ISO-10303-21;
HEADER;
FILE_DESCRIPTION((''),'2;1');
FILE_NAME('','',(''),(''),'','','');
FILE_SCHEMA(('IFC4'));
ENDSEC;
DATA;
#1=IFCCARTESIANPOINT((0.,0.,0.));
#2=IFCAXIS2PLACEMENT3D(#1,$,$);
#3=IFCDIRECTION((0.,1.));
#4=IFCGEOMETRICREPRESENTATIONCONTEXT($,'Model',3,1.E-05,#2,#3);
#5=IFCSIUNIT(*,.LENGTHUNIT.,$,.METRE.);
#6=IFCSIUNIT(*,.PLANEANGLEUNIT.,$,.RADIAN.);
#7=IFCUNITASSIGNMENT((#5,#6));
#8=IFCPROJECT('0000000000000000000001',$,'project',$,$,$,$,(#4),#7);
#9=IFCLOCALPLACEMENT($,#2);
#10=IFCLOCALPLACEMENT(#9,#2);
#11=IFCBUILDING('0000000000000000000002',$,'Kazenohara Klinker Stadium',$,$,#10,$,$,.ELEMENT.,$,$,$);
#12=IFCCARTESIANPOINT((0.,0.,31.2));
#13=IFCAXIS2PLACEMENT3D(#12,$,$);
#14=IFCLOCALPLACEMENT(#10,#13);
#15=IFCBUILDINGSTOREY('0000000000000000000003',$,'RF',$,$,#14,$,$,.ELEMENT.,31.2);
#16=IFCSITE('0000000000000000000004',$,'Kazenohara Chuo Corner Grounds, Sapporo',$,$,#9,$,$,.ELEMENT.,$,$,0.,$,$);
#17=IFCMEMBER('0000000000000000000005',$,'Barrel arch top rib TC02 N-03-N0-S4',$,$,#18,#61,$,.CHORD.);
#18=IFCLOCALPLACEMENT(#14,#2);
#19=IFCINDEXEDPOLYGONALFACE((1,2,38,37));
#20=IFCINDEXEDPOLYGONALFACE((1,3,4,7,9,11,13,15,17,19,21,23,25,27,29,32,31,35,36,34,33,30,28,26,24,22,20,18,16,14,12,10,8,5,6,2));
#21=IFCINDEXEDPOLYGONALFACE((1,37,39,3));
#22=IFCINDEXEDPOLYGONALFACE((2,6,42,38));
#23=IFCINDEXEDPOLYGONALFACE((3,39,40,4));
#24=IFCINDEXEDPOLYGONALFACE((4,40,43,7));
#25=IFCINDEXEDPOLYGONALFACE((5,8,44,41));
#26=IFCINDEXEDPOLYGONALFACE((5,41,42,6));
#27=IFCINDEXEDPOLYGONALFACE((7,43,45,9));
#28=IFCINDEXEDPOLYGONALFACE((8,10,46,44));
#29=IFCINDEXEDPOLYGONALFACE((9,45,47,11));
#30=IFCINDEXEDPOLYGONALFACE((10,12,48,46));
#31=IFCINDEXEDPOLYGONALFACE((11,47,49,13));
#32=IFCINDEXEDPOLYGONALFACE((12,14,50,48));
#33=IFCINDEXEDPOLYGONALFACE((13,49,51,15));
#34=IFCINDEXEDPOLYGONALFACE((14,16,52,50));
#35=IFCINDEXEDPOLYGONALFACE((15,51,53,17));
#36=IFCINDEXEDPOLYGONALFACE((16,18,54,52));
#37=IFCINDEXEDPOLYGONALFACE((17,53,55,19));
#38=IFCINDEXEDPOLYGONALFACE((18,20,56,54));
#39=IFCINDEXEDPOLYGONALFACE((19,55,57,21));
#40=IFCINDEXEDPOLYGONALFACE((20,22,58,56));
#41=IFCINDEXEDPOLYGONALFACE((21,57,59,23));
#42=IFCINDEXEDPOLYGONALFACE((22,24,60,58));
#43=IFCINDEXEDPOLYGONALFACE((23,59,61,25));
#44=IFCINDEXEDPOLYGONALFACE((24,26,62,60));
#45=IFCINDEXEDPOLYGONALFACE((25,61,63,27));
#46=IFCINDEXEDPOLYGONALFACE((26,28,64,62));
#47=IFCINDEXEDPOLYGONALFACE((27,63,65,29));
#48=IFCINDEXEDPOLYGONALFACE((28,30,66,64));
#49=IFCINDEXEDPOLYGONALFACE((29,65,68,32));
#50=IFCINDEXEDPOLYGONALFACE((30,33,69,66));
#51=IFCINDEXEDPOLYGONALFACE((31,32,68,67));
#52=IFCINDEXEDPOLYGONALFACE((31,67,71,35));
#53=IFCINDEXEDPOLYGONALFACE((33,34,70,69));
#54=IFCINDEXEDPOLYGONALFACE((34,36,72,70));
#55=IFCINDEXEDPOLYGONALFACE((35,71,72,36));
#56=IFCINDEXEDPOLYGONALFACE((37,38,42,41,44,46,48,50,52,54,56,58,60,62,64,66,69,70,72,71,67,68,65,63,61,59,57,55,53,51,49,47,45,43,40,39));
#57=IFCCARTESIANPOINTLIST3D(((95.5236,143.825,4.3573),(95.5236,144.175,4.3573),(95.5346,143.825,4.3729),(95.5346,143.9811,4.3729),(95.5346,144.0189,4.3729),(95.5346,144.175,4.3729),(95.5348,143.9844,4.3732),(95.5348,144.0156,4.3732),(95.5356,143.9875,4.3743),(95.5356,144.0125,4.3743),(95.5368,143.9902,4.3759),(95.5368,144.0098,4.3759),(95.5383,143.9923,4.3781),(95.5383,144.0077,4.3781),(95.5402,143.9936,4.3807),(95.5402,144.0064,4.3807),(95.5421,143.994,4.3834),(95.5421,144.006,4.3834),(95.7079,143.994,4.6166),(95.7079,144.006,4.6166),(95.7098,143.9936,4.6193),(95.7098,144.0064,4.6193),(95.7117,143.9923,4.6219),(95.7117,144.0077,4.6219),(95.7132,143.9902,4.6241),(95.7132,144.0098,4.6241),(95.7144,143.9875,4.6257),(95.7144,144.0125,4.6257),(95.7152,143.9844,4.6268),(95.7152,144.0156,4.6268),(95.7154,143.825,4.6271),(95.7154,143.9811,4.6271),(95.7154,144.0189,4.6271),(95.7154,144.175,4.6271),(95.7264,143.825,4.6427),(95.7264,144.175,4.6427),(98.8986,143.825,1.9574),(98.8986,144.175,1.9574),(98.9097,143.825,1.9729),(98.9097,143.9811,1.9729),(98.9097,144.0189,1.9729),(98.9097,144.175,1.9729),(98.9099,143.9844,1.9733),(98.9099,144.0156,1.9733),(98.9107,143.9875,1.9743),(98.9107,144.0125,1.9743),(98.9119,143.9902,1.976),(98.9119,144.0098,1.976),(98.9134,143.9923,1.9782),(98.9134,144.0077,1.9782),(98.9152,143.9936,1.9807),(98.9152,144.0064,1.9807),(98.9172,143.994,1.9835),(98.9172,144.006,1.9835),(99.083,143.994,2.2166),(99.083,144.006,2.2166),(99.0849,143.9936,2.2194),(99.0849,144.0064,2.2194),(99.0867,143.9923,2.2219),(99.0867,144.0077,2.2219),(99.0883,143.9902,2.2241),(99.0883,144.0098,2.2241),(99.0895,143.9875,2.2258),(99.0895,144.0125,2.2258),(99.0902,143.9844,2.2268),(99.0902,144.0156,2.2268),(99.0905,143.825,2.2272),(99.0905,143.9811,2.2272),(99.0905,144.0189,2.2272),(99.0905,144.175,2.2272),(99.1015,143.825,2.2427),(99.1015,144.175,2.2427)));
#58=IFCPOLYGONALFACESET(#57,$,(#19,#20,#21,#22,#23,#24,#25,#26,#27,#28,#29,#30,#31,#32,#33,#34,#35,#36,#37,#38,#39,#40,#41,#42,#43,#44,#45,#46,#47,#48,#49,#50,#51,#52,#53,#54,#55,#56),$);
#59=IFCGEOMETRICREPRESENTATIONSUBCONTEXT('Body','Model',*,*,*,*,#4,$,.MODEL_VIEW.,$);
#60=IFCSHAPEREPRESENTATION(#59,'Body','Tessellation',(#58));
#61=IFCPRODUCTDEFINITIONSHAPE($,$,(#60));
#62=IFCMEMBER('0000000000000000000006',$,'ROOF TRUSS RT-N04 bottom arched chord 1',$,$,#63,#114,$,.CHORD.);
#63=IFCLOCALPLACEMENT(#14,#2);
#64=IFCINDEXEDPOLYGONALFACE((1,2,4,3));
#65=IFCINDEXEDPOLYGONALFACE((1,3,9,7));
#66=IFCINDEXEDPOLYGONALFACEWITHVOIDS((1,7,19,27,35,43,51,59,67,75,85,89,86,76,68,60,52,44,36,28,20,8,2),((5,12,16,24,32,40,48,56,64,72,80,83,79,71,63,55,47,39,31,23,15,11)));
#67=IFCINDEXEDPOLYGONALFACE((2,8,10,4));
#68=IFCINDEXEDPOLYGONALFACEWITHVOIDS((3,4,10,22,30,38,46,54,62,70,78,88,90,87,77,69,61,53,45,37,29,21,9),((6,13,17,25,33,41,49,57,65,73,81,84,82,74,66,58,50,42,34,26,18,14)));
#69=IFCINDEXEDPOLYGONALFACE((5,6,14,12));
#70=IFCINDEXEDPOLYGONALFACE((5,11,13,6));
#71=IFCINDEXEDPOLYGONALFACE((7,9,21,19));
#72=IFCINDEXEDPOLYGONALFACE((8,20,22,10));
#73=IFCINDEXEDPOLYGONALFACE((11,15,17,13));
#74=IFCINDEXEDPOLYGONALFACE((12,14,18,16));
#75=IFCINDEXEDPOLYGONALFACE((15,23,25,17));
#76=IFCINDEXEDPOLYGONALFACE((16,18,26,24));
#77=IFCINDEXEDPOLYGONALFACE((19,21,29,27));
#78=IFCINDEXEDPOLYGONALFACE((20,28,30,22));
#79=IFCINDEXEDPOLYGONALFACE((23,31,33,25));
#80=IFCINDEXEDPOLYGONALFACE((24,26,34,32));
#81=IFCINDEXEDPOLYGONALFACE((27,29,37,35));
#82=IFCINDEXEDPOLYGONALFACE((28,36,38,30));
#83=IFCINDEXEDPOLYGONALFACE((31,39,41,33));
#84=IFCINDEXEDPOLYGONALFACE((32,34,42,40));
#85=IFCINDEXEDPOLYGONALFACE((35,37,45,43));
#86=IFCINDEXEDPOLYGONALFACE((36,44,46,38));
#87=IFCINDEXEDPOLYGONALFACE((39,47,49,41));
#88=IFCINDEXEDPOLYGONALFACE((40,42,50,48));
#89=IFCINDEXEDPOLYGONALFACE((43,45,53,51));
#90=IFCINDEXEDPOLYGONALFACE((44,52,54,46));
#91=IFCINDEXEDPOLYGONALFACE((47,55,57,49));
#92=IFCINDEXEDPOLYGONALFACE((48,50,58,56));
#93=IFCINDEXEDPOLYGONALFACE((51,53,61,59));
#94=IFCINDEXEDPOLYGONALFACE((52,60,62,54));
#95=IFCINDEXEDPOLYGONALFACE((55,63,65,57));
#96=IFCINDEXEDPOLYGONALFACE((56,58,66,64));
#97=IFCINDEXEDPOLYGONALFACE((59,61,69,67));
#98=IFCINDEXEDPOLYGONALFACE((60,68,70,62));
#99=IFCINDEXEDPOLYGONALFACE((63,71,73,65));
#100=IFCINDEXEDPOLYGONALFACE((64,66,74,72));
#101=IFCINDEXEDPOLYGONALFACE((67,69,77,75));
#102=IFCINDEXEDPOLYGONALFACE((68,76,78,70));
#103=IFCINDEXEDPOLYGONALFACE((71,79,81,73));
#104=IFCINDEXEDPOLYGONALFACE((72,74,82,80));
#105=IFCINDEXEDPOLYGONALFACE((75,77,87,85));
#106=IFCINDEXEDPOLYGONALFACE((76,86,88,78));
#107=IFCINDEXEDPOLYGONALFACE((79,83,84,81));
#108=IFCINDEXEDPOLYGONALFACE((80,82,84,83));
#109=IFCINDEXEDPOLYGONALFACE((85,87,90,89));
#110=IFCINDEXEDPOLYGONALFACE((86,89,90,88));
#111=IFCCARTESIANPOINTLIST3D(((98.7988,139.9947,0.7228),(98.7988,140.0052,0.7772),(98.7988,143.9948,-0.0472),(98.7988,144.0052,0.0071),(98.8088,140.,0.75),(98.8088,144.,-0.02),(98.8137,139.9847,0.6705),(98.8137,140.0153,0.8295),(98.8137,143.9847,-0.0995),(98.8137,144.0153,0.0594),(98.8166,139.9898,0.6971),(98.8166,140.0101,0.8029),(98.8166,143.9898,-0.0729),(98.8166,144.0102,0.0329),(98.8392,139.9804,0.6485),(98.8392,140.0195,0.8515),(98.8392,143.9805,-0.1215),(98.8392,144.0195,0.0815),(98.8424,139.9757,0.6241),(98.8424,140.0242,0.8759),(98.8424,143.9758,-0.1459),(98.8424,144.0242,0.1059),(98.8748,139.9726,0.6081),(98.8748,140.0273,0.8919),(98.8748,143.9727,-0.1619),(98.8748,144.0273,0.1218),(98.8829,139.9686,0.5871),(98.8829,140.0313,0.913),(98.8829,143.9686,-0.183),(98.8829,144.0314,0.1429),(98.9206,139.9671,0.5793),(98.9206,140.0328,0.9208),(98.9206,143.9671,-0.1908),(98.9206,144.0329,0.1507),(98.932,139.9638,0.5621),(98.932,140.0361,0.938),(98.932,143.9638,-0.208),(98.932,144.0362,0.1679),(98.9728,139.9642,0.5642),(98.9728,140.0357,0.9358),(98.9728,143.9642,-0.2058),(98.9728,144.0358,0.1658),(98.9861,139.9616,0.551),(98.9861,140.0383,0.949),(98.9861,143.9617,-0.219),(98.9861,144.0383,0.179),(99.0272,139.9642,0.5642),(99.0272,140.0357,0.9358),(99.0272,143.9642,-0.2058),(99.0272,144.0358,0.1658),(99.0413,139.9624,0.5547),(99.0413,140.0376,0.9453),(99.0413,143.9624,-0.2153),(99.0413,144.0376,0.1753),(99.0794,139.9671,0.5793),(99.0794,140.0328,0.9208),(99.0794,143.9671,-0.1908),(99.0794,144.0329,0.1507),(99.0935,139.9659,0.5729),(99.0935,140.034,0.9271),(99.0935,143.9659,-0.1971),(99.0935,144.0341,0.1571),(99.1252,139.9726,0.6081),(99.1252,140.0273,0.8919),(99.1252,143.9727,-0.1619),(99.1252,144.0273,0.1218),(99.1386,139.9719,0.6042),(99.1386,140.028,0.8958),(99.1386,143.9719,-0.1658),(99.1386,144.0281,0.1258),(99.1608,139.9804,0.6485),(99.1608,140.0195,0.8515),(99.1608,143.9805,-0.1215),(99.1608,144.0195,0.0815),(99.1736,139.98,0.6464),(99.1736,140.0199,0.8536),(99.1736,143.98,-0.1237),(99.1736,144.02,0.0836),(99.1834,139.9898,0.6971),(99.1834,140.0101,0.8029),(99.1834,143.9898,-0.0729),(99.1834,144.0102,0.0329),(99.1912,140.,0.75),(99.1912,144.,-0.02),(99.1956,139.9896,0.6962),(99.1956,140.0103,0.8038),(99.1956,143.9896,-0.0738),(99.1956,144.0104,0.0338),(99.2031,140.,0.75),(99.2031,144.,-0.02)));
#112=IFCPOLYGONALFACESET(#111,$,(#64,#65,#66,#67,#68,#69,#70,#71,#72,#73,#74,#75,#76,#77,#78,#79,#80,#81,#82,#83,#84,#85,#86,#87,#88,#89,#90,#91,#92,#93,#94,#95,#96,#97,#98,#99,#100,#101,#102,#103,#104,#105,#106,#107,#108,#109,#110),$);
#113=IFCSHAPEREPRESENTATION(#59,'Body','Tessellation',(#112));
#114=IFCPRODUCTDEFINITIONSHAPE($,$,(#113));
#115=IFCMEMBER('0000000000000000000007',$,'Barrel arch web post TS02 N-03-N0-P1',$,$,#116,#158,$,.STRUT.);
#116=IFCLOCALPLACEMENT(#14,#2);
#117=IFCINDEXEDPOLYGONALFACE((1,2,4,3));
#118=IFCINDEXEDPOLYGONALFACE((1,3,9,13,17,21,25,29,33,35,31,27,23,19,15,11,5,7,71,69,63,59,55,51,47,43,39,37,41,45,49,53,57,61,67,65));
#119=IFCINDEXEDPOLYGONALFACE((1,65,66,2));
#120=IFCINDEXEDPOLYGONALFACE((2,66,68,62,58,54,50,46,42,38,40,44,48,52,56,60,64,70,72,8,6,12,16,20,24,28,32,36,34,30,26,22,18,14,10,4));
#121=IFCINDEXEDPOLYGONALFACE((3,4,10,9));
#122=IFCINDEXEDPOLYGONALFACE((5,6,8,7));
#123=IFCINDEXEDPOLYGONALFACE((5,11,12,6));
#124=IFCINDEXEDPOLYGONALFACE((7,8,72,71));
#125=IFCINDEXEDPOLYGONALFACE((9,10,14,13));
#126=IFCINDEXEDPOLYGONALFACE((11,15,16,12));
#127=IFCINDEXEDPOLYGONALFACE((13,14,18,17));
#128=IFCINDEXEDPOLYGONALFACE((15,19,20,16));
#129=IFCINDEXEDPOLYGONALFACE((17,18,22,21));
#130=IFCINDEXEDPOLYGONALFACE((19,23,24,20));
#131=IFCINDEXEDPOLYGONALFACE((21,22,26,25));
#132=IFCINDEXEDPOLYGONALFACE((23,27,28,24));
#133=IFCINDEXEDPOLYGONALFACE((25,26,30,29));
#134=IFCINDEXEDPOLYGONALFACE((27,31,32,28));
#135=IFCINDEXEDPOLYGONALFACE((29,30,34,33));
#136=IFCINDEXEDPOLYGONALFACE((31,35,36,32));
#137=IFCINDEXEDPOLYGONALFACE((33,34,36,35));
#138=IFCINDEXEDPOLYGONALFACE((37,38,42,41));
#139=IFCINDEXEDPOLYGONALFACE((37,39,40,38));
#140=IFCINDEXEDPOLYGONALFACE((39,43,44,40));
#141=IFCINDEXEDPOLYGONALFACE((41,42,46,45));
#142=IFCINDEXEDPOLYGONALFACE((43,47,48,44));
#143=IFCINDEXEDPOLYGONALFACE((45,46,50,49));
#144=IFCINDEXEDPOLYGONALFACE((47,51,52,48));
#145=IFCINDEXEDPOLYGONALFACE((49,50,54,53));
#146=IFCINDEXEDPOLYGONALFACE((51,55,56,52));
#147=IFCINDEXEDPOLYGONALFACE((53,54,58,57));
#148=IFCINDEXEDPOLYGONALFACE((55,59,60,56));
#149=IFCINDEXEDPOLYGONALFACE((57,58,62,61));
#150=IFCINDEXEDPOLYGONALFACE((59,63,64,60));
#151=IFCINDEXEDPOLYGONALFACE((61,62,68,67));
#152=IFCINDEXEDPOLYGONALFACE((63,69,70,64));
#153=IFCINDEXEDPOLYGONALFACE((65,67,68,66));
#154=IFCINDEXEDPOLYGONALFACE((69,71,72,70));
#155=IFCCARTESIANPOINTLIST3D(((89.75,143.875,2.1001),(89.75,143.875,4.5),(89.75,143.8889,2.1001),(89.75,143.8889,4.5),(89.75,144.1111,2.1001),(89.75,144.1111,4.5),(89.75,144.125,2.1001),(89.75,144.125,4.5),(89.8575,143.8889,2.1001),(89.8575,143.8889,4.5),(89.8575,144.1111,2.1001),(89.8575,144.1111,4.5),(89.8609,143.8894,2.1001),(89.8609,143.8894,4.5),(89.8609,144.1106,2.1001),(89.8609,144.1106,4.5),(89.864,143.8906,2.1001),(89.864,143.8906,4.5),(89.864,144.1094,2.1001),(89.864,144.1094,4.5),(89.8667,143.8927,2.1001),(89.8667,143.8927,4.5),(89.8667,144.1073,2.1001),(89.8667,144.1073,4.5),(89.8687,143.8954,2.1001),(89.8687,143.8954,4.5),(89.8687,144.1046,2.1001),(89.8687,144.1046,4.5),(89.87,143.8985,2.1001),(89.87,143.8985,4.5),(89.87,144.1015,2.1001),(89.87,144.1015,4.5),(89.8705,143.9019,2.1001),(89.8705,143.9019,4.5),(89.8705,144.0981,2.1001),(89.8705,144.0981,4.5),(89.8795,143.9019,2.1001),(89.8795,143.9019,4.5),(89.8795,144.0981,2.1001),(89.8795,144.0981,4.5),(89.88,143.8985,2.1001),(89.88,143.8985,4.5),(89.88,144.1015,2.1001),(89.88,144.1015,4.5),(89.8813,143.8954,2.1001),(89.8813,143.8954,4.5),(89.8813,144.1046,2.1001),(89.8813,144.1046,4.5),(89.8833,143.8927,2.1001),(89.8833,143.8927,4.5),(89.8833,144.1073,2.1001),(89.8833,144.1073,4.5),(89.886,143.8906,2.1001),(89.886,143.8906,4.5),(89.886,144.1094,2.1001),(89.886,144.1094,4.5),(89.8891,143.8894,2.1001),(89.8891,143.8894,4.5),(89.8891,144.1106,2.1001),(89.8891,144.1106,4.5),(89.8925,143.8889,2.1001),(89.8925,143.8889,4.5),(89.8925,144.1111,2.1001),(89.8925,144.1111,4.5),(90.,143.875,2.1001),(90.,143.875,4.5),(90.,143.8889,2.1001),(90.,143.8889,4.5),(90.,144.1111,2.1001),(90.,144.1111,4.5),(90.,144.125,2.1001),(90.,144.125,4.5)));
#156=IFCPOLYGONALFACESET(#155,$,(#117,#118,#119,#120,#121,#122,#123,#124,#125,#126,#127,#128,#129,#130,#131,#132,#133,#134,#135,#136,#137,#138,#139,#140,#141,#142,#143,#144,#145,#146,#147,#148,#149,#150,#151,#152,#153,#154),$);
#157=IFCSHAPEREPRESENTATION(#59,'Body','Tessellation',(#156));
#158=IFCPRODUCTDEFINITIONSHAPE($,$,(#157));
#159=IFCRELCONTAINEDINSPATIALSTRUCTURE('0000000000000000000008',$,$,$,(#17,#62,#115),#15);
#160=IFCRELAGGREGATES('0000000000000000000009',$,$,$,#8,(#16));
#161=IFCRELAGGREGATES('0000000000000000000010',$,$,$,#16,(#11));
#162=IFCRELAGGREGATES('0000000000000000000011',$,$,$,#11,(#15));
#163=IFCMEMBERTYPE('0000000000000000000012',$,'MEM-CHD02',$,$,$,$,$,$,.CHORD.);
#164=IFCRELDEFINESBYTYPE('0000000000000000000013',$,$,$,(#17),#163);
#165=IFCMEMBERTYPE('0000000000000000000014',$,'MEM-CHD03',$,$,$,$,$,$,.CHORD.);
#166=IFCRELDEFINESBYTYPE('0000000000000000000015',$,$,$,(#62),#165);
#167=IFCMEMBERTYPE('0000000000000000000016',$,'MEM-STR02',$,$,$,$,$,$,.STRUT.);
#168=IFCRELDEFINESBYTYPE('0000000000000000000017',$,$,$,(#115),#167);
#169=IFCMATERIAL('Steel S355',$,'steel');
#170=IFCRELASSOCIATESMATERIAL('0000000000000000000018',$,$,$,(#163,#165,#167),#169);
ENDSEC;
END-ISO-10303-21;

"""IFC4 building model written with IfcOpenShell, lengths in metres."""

from ifc_helpers import new_model, si_unit, direction, frame, origin, origin_2d, place, context, subcontext, project, spatial, hollow_circle, i_section, extrude, material, material_profile, profile_set, type_object, element, save


model = new_model("IFC4")

# Units and contexts
model_context = context("Model", 3, precision=1e-05, world=origin(), true_north=direction((0.0, 1.0)))
body_context = subcontext(model_context, "Body", "Model", "MODEL_VIEW")
ifc_project = project(units=[si_unit("LENGTHUNIT", "METRE"), si_unit("PLANEANGLEUNIT", "RADIAN")], contexts=[model_context])

# Site, building, storey
site_placement = place(None, origin())
site = spatial("IfcSite", under=ifc_project, at=site_placement, Name="Kazenohara Chuo Corner Grounds, Sapporo", CompositionType="ELEMENT", RefElevation=0.0)
building_placement = place(site_placement, origin())
building = spatial("IfcBuilding", under=site, at=building_placement, Name="Kazenohara Klinker Stadium", CompositionType="ELEMENT")
storey_placement = place(building_placement, frame((0.0, 0.0, 31.2)))
storey = spatial("IfcBuildingStorey", under=building, at=storey_placement, Name="RF", CompositionType="ELEMENT", Elevation=31.2)

# Members
ifc_material_1 = material(Name="Steel S355", Category="steel")
ifc_material_profile_1 = material_profile(ifc_material_1, i_section(OverallWidth=0.3501, OverallDepth=0.3501, WebThickness=0.012, FlangeThickness=0.019, FilletRadius=0.0129, at=origin_2d()), Name="H-350x350x12x19")
ifc_profile_set_1 = profile_set([ifc_material_profile_1], Name="Steel S355")
member_type_1 = type_object("IfcMemberType", Name="MEM-CHD02", PredefinedType="CHORD", material=ifc_profile_set_1)
member_1_placement = place(storey_placement, frame((95.625, 144.0, 4.5), z_axis=(0.814966, 0.0, -0.579508), x_axis=(0.0, 1.0, 0.0)))
element("IfcMember", 1, at=member_1_placement, inside=storey, type_object=member_type_1, Name="Barrel arch top rib TC02 N-03-N0-S4", PredefinedType="CHORD", context=body_context, shape_type="SweptSolid", body=[
    extrude(i_section(OverallWidth=0.3501, OverallDepth=0.3501, WebThickness=0.012, FlangeThickness=0.019, FilletRadius=0.0129, at=origin_2d()), origin(), (0.0, 0.0, 1.0), 4.1414),
])
ifc_material_profile_2 = material_profile(ifc_material_1, hollow_circle(Radius=0.2031, WallThickness=0.012, at=origin_2d()), Name="CHS-406.4x12")
ifc_profile_set_2 = profile_set([ifc_material_profile_2], Name="Steel S355")
member_type_2 = type_object("IfcMemberType", Name="MEM-CHD03", PredefinedType="CHORD", material=ifc_profile_set_2)
member_2_placement = place(storey_placement, frame((99.0, 144.0, -0.02), z_axis=(0.0, -0.981971, 0.189034), x_axis=(1.0, 0.0, 0.0)))
element("IfcMember", 2, at=member_2_placement, inside=storey, type_object=member_type_2, Name="ROOF TRUSS RT-N04 bottom arched chord 1", PredefinedType="CHORD", context=body_context, shape_type="SweptSolid", body=[
    extrude(hollow_circle(Radius=0.2031, WallThickness=0.012, at=origin_2d()), origin(), (0.0, 0.0, 1.0), 4.0735),
])
ifc_material_profile_3 = material_profile(ifc_material_1, i_section(OverallWidth=0.25, OverallDepth=0.25, WebThickness=0.009, FlangeThickness=0.0139, FilletRadius=0.0129, at=origin_2d()), Name="H-250x250x9x14")
ifc_profile_set_3 = profile_set([ifc_material_profile_3], Name="Steel S355")
member_type_3 = type_object("IfcMemberType", Name="MEM-STR02", PredefinedType="STRUT", material=ifc_profile_set_3)
member_3_placement = place(storey_placement, frame((89.875, 144.0, 2.1001), z_axis=(0.0, 0.0, 1.0), x_axis=(1.0, 0.0, 0.0)))
element("IfcMember", 3, at=member_3_placement, inside=storey, type_object=member_type_3, Name="Barrel arch web post TS02 N-03-N0-P1", PredefinedType="STRUT", context=body_context, shape_type="SweptSolid", body=[
    extrude(i_section(OverallWidth=0.25, OverallDepth=0.25, WebThickness=0.009, FlangeThickness=0.0139, FilletRadius=0.0129, at=origin_2d()), origin(), (0.0, 0.0, 1.0), 2.3999),
])

save(model, "model.ifc")
